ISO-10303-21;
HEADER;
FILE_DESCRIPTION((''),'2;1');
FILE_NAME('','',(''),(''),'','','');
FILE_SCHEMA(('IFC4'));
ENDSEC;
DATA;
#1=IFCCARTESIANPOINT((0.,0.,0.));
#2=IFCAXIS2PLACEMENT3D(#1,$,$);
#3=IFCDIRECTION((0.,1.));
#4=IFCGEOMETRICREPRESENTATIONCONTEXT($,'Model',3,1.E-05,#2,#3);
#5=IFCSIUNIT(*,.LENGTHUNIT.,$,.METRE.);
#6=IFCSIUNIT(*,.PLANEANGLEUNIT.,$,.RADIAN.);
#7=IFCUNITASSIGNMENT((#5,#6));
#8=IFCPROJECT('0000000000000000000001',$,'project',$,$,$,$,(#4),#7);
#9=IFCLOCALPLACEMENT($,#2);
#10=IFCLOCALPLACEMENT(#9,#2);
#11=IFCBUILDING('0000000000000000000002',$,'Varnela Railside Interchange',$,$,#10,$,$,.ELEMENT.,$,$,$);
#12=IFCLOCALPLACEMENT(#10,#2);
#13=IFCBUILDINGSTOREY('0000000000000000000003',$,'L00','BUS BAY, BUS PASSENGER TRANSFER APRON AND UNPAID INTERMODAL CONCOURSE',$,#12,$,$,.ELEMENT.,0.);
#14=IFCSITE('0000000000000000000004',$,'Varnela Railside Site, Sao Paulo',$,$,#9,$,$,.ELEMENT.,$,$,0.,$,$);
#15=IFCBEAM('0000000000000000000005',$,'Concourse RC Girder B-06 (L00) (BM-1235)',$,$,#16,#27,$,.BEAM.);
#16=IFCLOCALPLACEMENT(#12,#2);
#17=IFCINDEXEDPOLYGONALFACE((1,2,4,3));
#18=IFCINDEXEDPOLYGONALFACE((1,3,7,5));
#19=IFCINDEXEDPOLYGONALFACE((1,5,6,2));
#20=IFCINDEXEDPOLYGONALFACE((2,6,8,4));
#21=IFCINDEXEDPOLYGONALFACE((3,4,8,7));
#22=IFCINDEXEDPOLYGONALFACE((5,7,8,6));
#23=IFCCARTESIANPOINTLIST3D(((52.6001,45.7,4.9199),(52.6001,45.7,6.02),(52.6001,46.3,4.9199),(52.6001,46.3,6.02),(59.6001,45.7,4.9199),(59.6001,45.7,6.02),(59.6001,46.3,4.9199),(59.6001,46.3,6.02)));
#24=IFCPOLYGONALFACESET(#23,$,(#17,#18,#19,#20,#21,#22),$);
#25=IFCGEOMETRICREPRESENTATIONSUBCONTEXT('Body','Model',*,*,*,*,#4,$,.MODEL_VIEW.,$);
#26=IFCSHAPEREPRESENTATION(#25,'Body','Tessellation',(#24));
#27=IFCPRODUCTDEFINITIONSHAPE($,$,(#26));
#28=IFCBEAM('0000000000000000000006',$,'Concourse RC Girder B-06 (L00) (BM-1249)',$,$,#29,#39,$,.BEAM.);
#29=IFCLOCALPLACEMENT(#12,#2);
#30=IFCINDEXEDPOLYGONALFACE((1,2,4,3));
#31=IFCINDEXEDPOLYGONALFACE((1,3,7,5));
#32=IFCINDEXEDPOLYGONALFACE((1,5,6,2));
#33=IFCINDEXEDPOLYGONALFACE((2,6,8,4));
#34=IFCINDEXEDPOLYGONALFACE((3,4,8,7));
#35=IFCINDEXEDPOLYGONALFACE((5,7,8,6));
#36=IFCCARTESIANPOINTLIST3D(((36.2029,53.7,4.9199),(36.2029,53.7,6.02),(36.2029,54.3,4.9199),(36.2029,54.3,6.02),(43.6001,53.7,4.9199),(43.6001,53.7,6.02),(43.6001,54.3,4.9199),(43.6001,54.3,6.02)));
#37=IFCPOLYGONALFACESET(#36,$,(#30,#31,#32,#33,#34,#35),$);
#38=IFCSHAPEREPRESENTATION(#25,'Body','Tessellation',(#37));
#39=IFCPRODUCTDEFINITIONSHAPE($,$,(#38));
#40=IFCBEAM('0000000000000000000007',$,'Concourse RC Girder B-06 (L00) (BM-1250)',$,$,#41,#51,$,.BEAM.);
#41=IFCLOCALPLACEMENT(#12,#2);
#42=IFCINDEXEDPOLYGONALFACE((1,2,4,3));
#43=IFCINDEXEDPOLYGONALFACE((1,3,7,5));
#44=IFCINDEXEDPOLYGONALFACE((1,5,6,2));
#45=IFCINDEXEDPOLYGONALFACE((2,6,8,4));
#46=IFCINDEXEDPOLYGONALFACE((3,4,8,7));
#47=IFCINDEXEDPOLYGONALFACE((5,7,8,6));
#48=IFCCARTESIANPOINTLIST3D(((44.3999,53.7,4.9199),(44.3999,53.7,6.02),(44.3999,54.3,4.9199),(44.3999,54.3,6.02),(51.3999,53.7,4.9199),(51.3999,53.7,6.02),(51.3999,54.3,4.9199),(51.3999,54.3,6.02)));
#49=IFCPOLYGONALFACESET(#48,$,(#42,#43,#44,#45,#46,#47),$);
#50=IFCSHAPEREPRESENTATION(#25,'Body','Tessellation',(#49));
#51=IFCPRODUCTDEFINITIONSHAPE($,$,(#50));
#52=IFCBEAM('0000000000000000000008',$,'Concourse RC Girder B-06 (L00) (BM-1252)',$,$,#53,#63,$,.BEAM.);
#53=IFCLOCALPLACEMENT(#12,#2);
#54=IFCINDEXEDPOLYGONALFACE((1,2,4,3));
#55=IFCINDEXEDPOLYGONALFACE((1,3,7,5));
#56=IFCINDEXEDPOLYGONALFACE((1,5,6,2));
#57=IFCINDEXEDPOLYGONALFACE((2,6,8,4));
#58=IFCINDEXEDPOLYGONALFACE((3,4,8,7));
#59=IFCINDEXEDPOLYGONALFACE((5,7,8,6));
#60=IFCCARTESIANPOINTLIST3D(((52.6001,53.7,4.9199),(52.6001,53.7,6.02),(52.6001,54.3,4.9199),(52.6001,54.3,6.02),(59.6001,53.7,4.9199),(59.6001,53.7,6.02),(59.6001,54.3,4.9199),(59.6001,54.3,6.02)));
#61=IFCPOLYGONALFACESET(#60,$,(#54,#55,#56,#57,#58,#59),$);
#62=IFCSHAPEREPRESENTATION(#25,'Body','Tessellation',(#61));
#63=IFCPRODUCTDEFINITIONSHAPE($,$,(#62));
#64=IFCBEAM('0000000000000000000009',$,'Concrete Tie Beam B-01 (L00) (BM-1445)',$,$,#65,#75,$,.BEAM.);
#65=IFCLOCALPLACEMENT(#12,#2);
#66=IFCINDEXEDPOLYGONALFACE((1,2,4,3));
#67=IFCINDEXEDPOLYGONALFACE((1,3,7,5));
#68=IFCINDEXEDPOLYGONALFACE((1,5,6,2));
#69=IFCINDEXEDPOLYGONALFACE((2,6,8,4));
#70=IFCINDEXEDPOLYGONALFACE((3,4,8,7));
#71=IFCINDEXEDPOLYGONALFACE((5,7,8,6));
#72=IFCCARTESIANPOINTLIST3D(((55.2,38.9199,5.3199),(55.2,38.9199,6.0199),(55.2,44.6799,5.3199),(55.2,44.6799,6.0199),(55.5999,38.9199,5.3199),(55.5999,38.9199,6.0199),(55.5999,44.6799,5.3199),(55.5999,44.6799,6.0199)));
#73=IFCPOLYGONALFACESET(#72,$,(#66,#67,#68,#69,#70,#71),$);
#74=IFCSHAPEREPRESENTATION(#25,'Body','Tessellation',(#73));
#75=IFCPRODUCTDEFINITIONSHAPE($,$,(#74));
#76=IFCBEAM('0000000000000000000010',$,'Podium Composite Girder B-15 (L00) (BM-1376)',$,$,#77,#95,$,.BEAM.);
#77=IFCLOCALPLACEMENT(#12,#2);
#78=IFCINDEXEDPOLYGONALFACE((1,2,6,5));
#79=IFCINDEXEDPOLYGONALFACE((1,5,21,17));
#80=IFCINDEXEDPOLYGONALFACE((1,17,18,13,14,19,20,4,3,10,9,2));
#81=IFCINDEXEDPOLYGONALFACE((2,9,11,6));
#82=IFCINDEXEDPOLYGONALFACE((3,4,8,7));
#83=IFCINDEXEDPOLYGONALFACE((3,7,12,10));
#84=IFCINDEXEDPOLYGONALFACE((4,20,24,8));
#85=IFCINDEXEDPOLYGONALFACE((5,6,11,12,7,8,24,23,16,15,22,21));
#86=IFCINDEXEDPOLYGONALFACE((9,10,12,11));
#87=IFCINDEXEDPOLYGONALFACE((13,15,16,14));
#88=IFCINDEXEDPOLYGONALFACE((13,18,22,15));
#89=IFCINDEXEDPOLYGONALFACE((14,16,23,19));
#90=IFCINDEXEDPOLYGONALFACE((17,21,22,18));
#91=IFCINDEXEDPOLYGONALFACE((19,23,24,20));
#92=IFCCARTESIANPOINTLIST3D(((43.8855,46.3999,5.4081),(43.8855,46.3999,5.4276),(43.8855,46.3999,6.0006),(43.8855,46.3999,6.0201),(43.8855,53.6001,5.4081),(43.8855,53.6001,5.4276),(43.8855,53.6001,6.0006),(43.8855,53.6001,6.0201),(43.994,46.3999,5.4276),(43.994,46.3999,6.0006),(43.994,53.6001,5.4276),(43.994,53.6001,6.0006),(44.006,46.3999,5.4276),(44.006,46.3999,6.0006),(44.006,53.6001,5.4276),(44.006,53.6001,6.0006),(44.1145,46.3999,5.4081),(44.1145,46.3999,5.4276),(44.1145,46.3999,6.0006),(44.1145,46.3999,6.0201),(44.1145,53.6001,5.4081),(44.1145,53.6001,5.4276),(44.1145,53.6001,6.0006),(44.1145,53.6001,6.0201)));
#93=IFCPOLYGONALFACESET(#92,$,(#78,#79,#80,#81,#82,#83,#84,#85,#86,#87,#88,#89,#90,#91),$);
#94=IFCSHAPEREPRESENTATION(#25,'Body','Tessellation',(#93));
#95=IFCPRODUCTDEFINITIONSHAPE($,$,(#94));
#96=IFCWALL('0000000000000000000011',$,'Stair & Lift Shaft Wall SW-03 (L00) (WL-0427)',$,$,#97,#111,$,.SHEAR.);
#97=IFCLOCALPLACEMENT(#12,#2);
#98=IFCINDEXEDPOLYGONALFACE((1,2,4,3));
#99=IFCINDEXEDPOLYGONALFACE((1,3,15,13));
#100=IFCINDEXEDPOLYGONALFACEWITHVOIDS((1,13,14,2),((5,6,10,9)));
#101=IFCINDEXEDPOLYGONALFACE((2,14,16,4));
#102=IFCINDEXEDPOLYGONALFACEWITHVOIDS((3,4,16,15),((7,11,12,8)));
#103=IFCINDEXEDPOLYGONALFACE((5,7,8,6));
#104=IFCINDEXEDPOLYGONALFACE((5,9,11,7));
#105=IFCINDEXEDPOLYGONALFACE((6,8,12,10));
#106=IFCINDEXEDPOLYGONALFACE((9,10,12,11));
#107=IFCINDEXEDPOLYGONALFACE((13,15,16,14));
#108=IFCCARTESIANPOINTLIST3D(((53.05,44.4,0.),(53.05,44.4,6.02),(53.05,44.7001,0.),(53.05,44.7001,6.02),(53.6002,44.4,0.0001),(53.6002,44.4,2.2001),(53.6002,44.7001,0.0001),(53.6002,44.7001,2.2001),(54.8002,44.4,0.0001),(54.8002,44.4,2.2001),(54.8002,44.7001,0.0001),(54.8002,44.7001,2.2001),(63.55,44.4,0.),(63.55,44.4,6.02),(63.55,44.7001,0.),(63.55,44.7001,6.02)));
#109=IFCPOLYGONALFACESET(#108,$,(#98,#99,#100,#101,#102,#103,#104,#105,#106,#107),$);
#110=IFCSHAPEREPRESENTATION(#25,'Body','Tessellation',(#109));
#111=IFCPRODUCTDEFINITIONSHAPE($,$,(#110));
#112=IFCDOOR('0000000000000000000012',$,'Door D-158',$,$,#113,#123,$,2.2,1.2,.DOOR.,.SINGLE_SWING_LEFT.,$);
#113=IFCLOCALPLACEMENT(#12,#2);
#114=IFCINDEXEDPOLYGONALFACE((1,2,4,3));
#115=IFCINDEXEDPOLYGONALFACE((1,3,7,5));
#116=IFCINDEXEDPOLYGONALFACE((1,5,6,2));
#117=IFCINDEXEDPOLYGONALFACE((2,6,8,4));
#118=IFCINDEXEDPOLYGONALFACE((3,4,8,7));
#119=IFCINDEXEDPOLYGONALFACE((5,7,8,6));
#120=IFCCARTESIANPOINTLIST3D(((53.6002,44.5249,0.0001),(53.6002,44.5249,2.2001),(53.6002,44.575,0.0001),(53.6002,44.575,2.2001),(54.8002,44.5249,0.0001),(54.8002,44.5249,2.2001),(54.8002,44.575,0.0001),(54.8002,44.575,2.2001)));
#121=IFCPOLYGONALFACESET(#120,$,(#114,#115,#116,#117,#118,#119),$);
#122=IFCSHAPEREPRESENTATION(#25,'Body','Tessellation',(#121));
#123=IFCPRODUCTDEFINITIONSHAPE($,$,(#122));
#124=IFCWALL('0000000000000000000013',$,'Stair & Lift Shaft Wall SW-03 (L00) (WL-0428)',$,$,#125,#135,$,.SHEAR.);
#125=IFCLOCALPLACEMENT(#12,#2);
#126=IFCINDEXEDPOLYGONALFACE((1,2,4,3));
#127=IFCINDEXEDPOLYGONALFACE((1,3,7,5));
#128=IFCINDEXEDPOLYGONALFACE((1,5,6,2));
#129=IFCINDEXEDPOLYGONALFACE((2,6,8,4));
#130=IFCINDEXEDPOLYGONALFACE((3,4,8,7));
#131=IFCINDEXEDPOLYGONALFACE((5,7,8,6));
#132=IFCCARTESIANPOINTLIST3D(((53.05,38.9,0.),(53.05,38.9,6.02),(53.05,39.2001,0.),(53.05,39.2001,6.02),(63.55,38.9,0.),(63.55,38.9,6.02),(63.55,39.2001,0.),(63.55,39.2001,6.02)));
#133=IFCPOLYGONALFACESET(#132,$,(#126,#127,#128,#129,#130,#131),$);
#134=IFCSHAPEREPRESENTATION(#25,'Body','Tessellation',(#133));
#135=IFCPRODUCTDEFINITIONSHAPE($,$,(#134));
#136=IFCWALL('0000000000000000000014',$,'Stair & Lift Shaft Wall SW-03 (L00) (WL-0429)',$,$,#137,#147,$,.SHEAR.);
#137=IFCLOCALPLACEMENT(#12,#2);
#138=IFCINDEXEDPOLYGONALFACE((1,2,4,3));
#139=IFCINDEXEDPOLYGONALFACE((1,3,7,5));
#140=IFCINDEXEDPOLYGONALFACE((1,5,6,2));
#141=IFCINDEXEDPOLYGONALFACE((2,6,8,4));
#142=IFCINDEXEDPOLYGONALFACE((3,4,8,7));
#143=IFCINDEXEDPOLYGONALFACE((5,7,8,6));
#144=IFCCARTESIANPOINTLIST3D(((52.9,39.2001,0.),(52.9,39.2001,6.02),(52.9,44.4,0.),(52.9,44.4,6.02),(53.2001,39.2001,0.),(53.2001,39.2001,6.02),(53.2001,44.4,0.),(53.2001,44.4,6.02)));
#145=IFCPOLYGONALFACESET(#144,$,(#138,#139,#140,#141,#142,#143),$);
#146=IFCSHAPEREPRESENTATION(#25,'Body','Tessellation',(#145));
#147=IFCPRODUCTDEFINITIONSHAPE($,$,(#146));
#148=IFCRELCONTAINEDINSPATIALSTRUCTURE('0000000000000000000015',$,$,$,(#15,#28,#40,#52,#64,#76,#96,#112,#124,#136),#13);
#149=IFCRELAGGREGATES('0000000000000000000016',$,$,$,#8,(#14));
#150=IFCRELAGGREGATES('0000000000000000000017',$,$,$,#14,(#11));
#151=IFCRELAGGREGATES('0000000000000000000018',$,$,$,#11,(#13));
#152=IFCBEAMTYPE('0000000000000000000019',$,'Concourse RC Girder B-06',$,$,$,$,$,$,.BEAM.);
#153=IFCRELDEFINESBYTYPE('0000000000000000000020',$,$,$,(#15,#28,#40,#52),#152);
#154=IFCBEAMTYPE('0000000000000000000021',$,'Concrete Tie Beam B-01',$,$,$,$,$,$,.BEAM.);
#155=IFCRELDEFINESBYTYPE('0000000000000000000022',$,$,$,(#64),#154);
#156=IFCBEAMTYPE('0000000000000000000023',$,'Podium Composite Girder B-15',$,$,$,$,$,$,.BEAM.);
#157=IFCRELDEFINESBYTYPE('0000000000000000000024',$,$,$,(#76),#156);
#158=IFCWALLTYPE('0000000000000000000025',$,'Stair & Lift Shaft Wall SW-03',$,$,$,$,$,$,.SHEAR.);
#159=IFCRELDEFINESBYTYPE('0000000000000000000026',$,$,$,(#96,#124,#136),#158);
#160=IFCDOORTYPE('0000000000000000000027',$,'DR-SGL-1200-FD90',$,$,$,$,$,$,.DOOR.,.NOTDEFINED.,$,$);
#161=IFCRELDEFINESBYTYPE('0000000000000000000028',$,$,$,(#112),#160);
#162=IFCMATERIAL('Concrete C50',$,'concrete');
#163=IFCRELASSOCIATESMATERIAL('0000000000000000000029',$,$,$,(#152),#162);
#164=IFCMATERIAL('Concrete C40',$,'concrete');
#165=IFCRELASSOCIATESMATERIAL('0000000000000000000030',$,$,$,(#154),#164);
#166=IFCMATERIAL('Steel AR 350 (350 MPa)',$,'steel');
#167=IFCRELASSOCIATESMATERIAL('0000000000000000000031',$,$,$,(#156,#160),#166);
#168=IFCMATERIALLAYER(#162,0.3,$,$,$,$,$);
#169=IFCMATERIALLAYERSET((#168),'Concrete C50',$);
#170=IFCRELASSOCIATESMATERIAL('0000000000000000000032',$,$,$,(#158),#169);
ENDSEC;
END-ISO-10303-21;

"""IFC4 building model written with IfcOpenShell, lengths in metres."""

from ifc_helpers import new_model, si_unit, direction, frame, frame_2d, origin, origin_2d, place, context, subcontext, project, spatial, rectangle, i_section, extrude, material, layer, layer_set, material_profile, profile_set, type_object, element, fill, save


model = new_model("IFC4")

# Units and contexts
model_context = context("Model", 3, precision=1e-05, world=origin(), true_north=direction((0.0, 1.0)))
body_context = subcontext(model_context, "Body", "Model", "MODEL_VIEW")
ifc_project = project(units=[si_unit("LENGTHUNIT", "METRE"), si_unit("PLANEANGLEUNIT", "RADIAN")], contexts=[model_context])

# Site, building, storey
site_placement = place(None, origin())
site = spatial("IfcSite", under=ifc_project, at=site_placement, Name="Varnela Railside Site, Sao Paulo", CompositionType="ELEMENT", RefElevation=0.0)
building_placement = place(site_placement, origin())
building = spatial("IfcBuilding", under=site, at=building_placement, Name="Varnela Railside Interchange", CompositionType="ELEMENT")
storey_placement = place(building_placement, origin())
storey = spatial("IfcBuildingStorey", under=building, at=storey_placement, Name="L00", Description="BUS BAY, BUS PASSENGER TRANSFER APRON AND UNPAID INTERMODAL CONCOURSE", CompositionType="ELEMENT", Elevation=0.0)

# Shared definitions
ifc_material_1 = material(Name="Concrete C50", Category="concrete")

# Beams
ifc_material_2 = material(Name="Steel AR 350 (350 MPa)", Category="steel")
ifc_material_profile_1 = material_profile(ifc_material_1, rectangle(XDim=0.6001, YDim=1.1001, at=origin_2d()), Name="RC 600x1100")
ifc_profile_set_1 = profile_set([ifc_material_profile_1], Name="Concrete C50")
beam_type_1 = type_object("IfcBeamType", Name="Concourse RC Girder B-06", PredefinedType="BEAM", material=ifc_profile_set_1)
for number, where, z_axis, x_axis, name in (
    (1, (52.6001, 46.0, 5.47), (1.0, 0.0, 0.0), (0.0, 1.0, 0.0), "Concourse RC Girder B-06 (L00) (BM-1235)"),
):
    element("IfcBeam", number, at=place(storey_placement, frame(where, z_axis=z_axis, x_axis=x_axis)), inside=storey, type_object=beam_type_1, Name=name, PredefinedType="BEAM", context=body_context, shape_type="SweptSolid", body=[
        extrude(rectangle(XDim=0.6001, YDim=1.1001, at=origin_2d()), origin(), (0.0, 0.0, 1.0), 7.0),
    ])
beam_1_placement = place(storey_placement, frame((36.2029, 54.0, 5.47), z_axis=(1.0, 0.0, 0.0), x_axis=(0.0, 1.0, 0.0)))
element("IfcBeam", 2, at=beam_1_placement, inside=storey, type_object=beam_type_1, Name="Concourse RC Girder B-06 (L00) (BM-1249)", PredefinedType="BEAM", context=body_context, shape_type="SweptSolid", body=[
    extrude(rectangle(XDim=0.6001, YDim=1.1001, at=origin_2d()), origin(), (0.0, 0.0, 1.0), 7.3972),
])
for number, where, z_axis, x_axis, name in (
    (3, (44.3999, 54.0, 5.47), (1.0, 0.0, 0.0), (0.0, 1.0, 0.0), "Concourse RC Girder B-06 (L00) (BM-1250)"),
    (4, (52.6001, 54.0, 5.47), (1.0, 0.0, 0.0), (0.0, 1.0, 0.0), "Concourse RC Girder B-06 (L00) (BM-1252)"),
):
    element("IfcBeam", number, at=place(storey_placement, frame(where, z_axis=z_axis, x_axis=x_axis)), inside=storey, type_object=beam_type_1, Name=name, PredefinedType="BEAM", context=body_context, shape_type="SweptSolid", body=[
        extrude(rectangle(XDim=0.6001, YDim=1.1001, at=origin_2d()), origin(), (0.0, 0.0, 1.0), 7.0),
    ])
ifc_material_3 = material(Name="Concrete C40", Category="concrete")
ifc_material_profile_2 = material_profile(ifc_material_3, rectangle(XDim=0.3999, YDim=0.7, at=origin_2d()), Name="RC 400x700")
ifc_profile_set_2 = profile_set([ifc_material_profile_2], Name="Concrete C40")
beam_type_2 = type_object("IfcBeamType", Name="Concrete Tie Beam B-01", PredefinedType="BEAM", material=ifc_profile_set_2)
beam_2_placement = place(storey_placement, frame((55.3999, 38.9199, 5.6699), z_axis=(0.0, 1.0, 0.0), x_axis=(-1.0, 0.0, 0.0)))
element("IfcBeam", 5, at=beam_2_placement, inside=storey, type_object=beam_type_2, Name="Concrete Tie Beam B-01 (L00) (BM-1445)", PredefinedType="BEAM", context=body_context, shape_type="SweptSolid", body=[
    extrude(rectangle(XDim=0.3999, YDim=0.7, at=origin_2d()), origin(), (0.0, 0.0, 1.0), 5.76),
])
ifc_material_profile_3 = material_profile(ifc_material_2, i_section(OverallWidth=0.229, OverallDepth=0.6121, WebThickness=0.012, FlangeThickness=0.0195, at=origin_2d()), Name="W610x125")
ifc_profile_set_3 = profile_set([ifc_material_profile_3], Name="Steel AR 350 (350 MPa)")
beam_type_3 = type_object("IfcBeamType", Name="Podium Composite Girder B-15", PredefinedType="BEAM", material=ifc_profile_set_3)
beam_3_placement = place(storey_placement, frame((44.0, 46.3999, 5.7141), z_axis=(0.0, 1.0, 0.0), x_axis=(-1.0, 0.0, 0.0)))
element("IfcBeam", 6, at=beam_3_placement, inside=storey, type_object=beam_type_3, Name="Podium Composite Girder B-15 (L00) (BM-1376)", PredefinedType="BEAM", context=body_context, shape_type="SweptSolid", body=[
    extrude(i_section(OverallWidth=0.229, OverallDepth=0.6121, WebThickness=0.012, FlangeThickness=0.0195, at=origin_2d()), origin(), (0.0, 0.0, 1.0), 7.2002),
])

# Wall, opening, door
ifc_layer = layer(ifc_material_1, 0.3)
ifc_layer_set = layer_set([ifc_layer], Name="Concrete C50")
wall_type = type_object("IfcWallType", Name="Stair & Lift Shaft Wall SW-03", PredefinedType="SHEAR", material=ifc_layer_set)
wall_1_placement = place(storey_placement, frame((53.05, 44.55, 0.0), z_axis=(0.0, 0.0, 1.0), x_axis=(1.0, 0.0, 0.0)))
wall_1 = element("IfcWall", 7, at=wall_1_placement, inside=storey, type_object=wall_type, Name="Stair & Lift Shaft Wall SW-03 (L00) (WL-0427)", PredefinedType="SHEAR", context=body_context, shape_type="SweptSolid", body=[
    extrude(rectangle(XDim=10.5, YDim=0.3, at=frame_2d((5.25, 0.0))), origin(), (0.0, 0.0, 1.0), 6.02),
])
opening_placement = place(wall_1_placement, frame((0.55, 0.0, 0.0)))
opening = element("IfcOpeningElement", 8, at=opening_placement, cuts=wall_1, PredefinedType="OPENING", context=body_context, shape_type="SweptSolid", body=[
    extrude(rectangle(XDim=1.2, YDim=2.2, at=frame_2d((0.6001, 1.1001))), frame((0.0, 0.1599, 0.0), z_axis=(0.0, -1.0, 0.0), x_axis=(1.0, 0.0, 0.0)), (0.0, 0.0, 1.0), 0.3201),
])
door_type = type_object("IfcDoorType", Name="DR-SGL-1200-FD90", OperationType="NOTDEFINED", PredefinedType="DOOR", material=ifc_material_2)
door_placement = place(opening_placement, origin())
door = element("IfcDoor", 9, at=door_placement, inside=storey, type_object=door_type, Name="Door D-158", OperationType="SINGLE_SWING_LEFT", OverallHeight=2.2, OverallWidth=1.2, PredefinedType="DOOR", context=body_context, shape_type="SweptSolid", body=[
    extrude(rectangle(XDim=1.2, YDim=2.2, at=frame_2d((0.6001, 1.1001))), frame((0.0, 0.0249, 0.0), z_axis=(0.0, -1.0, 0.0), x_axis=(1.0, 0.0, 0.0)), (0.0, 0.0, 1.0), 0.05),
])
fill(opening, door)

# Walls
wall_2_placement = place(storey_placement, frame((53.05, 39.05, 0.0), z_axis=(0.0, 0.0, 1.0), x_axis=(1.0, 0.0, 0.0)))
element("IfcWall", 10, at=wall_2_placement, inside=storey, type_object=wall_type, Name="Stair & Lift Shaft Wall SW-03 (L00) (WL-0428)", PredefinedType="SHEAR", context=body_context, shape_type="SweptSolid", body=[
    extrude(rectangle(XDim=10.5, YDim=0.3, at=frame_2d((5.25, 0.0))), origin(), (0.0, 0.0, 1.0), 6.02),
])
wall_3_placement = place(storey_placement, frame((53.05, 39.2, 0.0), z_axis=(0.0, 0.0, 1.0), x_axis=(0.0, 1.0, 0.0)))
element("IfcWall", 11, at=wall_3_placement, inside=storey, type_object=wall_type, Name="Stair & Lift Shaft Wall SW-03 (L00) (WL-0429)", PredefinedType="SHEAR", context=body_context, shape_type="SweptSolid", body=[
    extrude(rectangle(XDim=5.2, YDim=0.3, at=frame_2d((2.6001, 0.0))), origin(), (0.0, 0.0, 1.0), 6.02),
])

save(model, "model.ifc")
